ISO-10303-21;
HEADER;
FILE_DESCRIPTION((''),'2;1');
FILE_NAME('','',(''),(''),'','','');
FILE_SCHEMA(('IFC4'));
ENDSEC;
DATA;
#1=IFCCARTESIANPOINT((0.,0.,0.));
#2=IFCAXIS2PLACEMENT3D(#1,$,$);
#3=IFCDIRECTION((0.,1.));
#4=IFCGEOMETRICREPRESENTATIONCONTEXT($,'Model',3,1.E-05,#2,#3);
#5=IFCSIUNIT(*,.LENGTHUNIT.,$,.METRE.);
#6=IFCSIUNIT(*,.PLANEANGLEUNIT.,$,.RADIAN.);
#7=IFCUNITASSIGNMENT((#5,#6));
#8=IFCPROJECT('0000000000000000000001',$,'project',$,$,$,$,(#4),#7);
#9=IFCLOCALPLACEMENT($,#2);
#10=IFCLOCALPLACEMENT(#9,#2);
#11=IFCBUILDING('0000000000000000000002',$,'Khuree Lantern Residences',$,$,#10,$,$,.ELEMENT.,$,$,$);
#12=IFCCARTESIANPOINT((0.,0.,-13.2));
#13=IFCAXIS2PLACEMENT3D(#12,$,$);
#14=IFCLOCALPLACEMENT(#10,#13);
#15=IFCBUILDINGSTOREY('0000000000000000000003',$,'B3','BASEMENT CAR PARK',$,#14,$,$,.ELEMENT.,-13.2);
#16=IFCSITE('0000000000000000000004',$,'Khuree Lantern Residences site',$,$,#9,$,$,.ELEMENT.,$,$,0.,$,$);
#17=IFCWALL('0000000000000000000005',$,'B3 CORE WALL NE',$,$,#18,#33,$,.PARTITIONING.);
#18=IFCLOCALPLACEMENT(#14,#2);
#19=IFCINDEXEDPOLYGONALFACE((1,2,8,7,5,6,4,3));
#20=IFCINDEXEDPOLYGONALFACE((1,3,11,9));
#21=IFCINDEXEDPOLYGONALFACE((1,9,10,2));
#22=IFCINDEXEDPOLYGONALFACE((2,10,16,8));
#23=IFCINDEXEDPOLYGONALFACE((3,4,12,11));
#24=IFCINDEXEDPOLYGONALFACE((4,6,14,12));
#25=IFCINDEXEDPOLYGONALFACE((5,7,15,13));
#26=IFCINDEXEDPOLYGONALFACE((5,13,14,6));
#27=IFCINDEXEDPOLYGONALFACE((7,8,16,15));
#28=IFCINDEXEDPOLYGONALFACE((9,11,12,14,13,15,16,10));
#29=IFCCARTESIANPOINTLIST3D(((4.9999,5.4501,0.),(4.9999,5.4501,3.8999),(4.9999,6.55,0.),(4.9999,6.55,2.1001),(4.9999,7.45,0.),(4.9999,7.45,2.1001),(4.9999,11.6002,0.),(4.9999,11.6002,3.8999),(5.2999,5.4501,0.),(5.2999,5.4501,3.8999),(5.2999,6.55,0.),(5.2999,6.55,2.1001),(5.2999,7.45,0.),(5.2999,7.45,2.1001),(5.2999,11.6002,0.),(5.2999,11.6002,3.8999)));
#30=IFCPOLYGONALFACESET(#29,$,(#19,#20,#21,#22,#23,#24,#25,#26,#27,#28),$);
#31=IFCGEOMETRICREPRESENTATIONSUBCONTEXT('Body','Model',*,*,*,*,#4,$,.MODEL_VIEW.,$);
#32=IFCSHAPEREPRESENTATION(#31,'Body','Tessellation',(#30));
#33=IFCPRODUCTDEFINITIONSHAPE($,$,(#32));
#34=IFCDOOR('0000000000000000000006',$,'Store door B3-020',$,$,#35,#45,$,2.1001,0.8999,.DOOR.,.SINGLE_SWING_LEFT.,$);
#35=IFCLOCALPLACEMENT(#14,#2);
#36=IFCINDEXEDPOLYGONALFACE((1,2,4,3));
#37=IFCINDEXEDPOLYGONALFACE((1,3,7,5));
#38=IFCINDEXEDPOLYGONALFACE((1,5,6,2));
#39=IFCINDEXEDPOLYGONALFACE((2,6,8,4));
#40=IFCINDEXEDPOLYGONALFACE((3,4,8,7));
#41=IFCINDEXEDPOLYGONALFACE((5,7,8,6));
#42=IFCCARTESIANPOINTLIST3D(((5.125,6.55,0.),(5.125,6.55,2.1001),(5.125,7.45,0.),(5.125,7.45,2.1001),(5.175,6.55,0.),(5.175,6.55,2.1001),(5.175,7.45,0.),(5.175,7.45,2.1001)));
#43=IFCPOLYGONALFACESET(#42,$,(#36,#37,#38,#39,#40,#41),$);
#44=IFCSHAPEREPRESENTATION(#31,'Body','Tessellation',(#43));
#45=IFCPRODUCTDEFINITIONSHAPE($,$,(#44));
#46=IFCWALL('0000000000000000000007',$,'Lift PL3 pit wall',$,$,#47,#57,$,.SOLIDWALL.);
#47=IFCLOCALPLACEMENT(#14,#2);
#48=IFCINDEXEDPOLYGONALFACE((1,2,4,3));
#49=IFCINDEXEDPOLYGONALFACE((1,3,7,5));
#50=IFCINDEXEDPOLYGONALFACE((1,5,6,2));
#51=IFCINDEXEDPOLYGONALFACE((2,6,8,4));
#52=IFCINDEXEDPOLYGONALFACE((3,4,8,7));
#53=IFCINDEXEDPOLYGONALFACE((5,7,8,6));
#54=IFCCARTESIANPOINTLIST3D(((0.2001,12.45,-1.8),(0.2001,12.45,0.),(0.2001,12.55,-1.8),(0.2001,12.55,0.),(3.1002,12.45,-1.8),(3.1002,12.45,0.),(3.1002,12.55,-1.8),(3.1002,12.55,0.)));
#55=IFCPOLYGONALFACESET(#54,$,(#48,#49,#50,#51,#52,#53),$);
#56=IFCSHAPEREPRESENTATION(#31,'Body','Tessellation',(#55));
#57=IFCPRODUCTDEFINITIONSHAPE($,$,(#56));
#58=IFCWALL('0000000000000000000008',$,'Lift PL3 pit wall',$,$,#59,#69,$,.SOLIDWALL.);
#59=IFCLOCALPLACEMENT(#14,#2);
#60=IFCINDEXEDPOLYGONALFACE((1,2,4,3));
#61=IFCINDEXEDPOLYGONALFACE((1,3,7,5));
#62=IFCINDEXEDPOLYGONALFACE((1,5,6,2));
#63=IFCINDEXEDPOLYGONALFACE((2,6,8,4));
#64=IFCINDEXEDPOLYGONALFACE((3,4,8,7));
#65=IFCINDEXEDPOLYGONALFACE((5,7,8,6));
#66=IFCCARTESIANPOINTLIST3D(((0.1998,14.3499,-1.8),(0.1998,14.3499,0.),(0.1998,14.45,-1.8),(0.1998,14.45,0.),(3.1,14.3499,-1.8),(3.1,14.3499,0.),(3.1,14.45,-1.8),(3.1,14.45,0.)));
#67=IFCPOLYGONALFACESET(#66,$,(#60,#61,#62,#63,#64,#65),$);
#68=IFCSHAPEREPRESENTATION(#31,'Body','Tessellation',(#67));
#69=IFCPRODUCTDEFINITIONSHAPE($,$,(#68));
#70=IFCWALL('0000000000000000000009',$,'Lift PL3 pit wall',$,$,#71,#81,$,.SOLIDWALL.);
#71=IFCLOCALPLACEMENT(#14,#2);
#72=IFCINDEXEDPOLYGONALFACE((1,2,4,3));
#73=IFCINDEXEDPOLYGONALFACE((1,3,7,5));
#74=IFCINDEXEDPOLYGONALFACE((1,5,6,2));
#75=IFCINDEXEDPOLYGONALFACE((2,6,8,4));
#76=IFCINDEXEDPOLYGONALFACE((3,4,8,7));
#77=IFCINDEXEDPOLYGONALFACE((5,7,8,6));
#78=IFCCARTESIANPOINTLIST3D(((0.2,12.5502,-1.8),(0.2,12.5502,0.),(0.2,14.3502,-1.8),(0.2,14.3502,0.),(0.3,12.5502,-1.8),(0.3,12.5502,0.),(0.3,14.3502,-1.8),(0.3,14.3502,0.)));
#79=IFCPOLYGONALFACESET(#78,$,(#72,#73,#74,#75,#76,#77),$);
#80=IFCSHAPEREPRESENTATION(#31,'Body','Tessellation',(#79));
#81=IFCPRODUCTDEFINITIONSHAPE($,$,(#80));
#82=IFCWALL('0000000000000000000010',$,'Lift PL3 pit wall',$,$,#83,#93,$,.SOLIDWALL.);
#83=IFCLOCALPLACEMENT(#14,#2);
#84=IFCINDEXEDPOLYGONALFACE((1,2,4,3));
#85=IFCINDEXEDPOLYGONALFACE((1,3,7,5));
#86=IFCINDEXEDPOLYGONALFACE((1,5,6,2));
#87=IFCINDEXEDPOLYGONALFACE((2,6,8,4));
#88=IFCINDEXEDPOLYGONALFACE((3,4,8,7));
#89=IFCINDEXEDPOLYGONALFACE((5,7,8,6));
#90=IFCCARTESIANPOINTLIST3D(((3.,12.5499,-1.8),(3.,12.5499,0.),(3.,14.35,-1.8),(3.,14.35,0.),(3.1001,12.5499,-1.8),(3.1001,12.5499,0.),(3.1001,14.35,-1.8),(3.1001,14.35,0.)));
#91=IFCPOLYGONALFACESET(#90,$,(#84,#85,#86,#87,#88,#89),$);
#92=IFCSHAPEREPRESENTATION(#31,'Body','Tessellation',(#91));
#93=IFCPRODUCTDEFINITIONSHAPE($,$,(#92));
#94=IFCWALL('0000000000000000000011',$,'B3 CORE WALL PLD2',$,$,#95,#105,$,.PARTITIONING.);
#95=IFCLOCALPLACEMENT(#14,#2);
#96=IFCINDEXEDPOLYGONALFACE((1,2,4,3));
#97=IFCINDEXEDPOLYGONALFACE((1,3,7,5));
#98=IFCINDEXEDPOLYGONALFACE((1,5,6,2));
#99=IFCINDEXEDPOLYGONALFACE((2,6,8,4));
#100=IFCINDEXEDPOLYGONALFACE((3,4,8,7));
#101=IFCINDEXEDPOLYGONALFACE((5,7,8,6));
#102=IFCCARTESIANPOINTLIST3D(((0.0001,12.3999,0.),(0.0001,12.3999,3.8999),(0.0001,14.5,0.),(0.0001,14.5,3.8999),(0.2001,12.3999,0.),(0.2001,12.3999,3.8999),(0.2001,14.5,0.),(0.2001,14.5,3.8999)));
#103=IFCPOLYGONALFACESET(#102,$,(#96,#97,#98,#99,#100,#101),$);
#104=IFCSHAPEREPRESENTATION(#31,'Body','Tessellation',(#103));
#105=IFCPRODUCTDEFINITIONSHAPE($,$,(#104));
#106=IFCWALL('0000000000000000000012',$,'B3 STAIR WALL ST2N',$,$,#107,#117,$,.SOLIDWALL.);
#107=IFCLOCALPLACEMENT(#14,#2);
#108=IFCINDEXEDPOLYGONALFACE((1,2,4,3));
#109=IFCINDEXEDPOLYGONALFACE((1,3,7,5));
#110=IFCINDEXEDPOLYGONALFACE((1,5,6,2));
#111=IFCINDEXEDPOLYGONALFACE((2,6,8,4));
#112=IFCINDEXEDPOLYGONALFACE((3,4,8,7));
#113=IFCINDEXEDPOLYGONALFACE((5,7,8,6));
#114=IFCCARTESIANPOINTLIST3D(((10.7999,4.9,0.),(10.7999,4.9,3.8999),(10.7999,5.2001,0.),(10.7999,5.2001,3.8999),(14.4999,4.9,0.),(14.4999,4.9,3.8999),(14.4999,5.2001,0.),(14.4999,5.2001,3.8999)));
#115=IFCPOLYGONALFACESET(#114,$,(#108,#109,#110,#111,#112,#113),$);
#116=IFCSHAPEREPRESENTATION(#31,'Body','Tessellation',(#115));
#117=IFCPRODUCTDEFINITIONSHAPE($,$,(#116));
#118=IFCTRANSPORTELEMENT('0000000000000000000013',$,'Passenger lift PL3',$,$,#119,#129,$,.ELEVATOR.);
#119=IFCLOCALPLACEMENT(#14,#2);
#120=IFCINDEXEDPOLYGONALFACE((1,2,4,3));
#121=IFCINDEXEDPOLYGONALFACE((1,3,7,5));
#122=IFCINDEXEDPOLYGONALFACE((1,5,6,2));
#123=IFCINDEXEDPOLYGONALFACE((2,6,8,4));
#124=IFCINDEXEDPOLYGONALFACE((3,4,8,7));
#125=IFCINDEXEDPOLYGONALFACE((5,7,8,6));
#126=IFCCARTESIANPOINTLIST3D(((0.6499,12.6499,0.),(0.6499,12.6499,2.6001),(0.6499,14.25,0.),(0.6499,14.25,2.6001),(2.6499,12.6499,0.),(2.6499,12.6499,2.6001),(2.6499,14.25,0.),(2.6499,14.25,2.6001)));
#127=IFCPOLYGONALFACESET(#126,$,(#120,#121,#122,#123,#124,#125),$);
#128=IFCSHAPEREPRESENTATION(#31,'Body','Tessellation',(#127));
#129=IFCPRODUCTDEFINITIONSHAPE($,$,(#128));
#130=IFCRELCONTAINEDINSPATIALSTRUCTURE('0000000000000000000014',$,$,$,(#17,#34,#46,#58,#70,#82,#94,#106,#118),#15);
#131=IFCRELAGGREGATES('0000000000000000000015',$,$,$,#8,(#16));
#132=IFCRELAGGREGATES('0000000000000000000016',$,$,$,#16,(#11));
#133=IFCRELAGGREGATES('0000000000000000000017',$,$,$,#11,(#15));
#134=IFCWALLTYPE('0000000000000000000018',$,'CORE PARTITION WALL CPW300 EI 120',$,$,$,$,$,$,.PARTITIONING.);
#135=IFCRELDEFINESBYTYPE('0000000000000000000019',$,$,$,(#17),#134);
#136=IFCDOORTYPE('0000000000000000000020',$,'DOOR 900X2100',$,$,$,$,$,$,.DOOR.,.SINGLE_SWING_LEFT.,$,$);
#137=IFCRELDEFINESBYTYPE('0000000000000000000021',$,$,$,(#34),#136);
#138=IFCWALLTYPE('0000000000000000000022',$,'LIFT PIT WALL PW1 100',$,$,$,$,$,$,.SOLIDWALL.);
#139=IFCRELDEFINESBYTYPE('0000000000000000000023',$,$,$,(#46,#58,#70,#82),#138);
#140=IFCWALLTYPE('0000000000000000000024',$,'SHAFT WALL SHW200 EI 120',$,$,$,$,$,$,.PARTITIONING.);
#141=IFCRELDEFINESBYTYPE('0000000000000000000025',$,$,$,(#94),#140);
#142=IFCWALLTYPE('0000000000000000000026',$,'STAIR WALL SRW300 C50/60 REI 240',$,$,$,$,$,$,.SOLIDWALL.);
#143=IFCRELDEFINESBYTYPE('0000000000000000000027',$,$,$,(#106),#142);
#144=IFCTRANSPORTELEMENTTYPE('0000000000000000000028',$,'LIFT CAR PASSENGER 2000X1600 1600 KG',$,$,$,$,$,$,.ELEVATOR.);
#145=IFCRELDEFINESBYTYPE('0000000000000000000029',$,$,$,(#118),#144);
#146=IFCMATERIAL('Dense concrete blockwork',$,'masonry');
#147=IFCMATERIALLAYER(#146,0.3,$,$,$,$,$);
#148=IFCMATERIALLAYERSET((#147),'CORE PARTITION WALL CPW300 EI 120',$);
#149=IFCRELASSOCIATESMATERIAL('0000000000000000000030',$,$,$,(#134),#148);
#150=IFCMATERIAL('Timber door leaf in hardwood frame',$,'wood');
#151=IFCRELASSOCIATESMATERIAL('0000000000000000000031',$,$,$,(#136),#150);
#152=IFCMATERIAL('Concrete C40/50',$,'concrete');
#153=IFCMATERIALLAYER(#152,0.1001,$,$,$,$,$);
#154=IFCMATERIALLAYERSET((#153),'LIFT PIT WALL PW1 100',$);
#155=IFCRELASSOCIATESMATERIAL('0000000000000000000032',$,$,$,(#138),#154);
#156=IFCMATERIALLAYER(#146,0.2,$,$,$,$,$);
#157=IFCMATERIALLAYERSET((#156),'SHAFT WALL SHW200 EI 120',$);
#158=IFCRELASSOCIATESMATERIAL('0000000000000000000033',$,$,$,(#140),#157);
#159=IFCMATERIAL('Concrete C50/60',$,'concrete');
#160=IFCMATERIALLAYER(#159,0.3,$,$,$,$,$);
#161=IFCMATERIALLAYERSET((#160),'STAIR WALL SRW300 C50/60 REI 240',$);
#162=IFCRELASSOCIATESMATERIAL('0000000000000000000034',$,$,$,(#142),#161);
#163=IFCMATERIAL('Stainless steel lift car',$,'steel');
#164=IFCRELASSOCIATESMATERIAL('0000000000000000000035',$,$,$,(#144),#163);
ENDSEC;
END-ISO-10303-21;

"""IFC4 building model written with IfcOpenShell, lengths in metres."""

from ifc_helpers import new_model, si_unit, direction, frame, frame_2d, origin, origin_2d, place, context, subcontext, project, spatial, rectangle, extrude, material, layer, layer_set, type_object, element, fill, save


model = new_model("IFC4")

# Units and contexts
model_context = context("Model", 3, precision=1e-05, world=origin(), true_north=direction((0.0, 1.0)))
body_context = subcontext(model_context, "Body", "Model", "MODEL_VIEW")
ifc_project = project(units=[si_unit("LENGTHUNIT", "METRE"), si_unit("PLANEANGLEUNIT", "RADIAN")], contexts=[model_context])

# Site, building, storey
site_placement = place(None, origin())
site = spatial("IfcSite", under=ifc_project, at=site_placement, Name="Khuree Lantern Residences site", CompositionType="ELEMENT", RefElevation=0.0)
building_placement = place(site_placement, origin())
building = spatial("IfcBuilding", under=site, at=building_placement, Name="Khuree Lantern Residences", CompositionType="ELEMENT")
storey_placement = place(building_placement, frame((0.0, 0.0, -13.2)))
storey = spatial("IfcBuildingStorey", under=building, at=storey_placement, Name="B3", Description="BASEMENT CAR PARK", CompositionType="ELEMENT", Elevation=-13.2)

# Shared definitions
ifc_material_1 = material(Name="Concrete C40/50", Category="concrete")

# Shared definitions
ifc_material_2 = material(Name="Dense concrete blockwork", Category="masonry")
ifc_layer_1 = layer(ifc_material_2, 0.3)
ifc_layer_set_1 = layer_set([ifc_layer_1], Name="CORE PARTITION WALL CPW300 EI 120")
wall_type_1 = type_object("IfcWallType", Name="CORE PARTITION WALL CPW300 EI 120", PredefinedType="PARTITIONING", material=ifc_layer_set_1)

# Wall, opening, door
wall_1_placement = place(storey_placement, frame((5.1499, 5.45, 0.0), z_axis=(0.0, 0.0, 1.0), x_axis=(0.0, 1.0, 0.0)))
wall_1 = element("IfcWall", 1, at=wall_1_placement, inside=storey, type_object=wall_type_1, Name="B3 CORE WALL NE", PredefinedType="PARTITIONING", context=body_context, shape_type="SweptSolid", body=[
    extrude(rectangle(XDim=6.1501, YDim=0.3, at=frame_2d((3.0752, 0.0))), origin(), (0.0, 0.0, 1.0), 3.8999),
])
opening_placement = place(wall_1_placement, frame((1.1001, 0.0, 0.0)))
opening = element("IfcOpeningElement", 2, at=opening_placement, cuts=wall_1, PredefinedType="OPENING", context=body_context, shape_type="SweptSolid", body=[
    extrude(rectangle(XDim=0.8999, YDim=2.1001, at=frame_2d((0.45, 1.05))), frame((0.0, 0.1602, 0.0), z_axis=(0.0, -1.0, 0.0), x_axis=(1.0, 0.0, 0.0)), (0.0, 0.0, 1.0), 0.3201),
])
ifc_material_3 = material(Name="Timber door leaf in hardwood frame", Category="wood")
door_type = type_object("IfcDoorType", Name="DOOR 900X2100", OperationType="SINGLE_SWING_LEFT", PredefinedType="DOOR", material=ifc_material_3)
door_placement = place(opening_placement, origin())
door = element("IfcDoor", 3, at=door_placement, inside=storey, type_object=door_type, Name="Store door B3-020", OperationType="SINGLE_SWING_LEFT", OverallHeight=2.1001, OverallWidth=0.8999, PredefinedType="DOOR", context=body_context, shape_type="SweptSolid", body=[
    extrude(rectangle(XDim=0.8999, YDim=2.1001, at=frame_2d((0.45, 1.05))), frame((0.0, 0.0249, 0.0), z_axis=(0.0, -1.0, 0.0), x_axis=(1.0, 0.0, 0.0)), (0.0, 0.0, 1.0), 0.05),
])
fill(opening, door)

# Walls
ifc_layer_2 = layer(ifc_material_1, 0.1001)
ifc_layer_set_2 = layer_set([ifc_layer_2], Name="LIFT PIT WALL PW1 100")
wall_type_2 = type_object("IfcWallType", Name="LIFT PIT WALL PW1 100", PredefinedType="SOLIDWALL", material=ifc_layer_set_2)
for number, where, z_axis, x_axis, name in (
    (4, (0.2, 12.5, -1.8), (0.0, 0.0, 1.0), (1.0, 0.0, 0.0), "Lift PL3 pit wall"),
    (5, (3.1001, 14.3999, -1.8), (0.0, 0.0, 1.0), (-1.0, 0.0, 0.0), "Lift PL3 pit wall"),
):
    element("IfcWall", number, at=place(storey_placement, frame(where, z_axis=z_axis, x_axis=x_axis)), inside=storey, type_object=wall_type_2, Name=name, PredefinedType="SOLIDWALL", context=body_context, shape_type="SweptSolid", body=[
        extrude(rectangle(XDim=2.9001, YDim=0.1001, at=frame_2d((1.4502, 0.0))), origin(), (0.0, 0.0, 1.0), 1.8),
    ])
for number, where, z_axis, x_axis, name in (
    (6, (0.25, 14.3501, -1.8), (0.0, 0.0, 1.0), (0.0, -1.0, 0.0), "Lift PL3 pit wall"),
    (7, (3.05, 12.55, -1.8), (0.0, 0.0, 1.0), (0.0, 1.0, 0.0), "Lift PL3 pit wall"),
):
    element("IfcWall", number, at=place(storey_placement, frame(where, z_axis=z_axis, x_axis=x_axis)), inside=storey, type_object=wall_type_2, Name=name, PredefinedType="SOLIDWALL", context=body_context, shape_type="SweptSolid", body=[
        extrude(rectangle(XDim=1.8, YDim=0.1001, at=frame_2d((0.8999, 0.0))), origin(), (0.0, 0.0, 1.0), 1.8),
    ])
ifc_layer_3 = layer(ifc_material_2, 0.2)
ifc_layer_set_3 = layer_set([ifc_layer_3], Name="SHAFT WALL SHW200 EI 120")
wall_type_3 = type_object("IfcWallType", Name="SHAFT WALL SHW200 EI 120", PredefinedType="PARTITIONING", material=ifc_layer_set_3)
wall_2_placement = place(storey_placement, frame((0.1001, 12.3999, 0.0), z_axis=(0.0, 0.0, 1.0), x_axis=(0.0, 1.0, 0.0)))
element("IfcWall", 8, at=wall_2_placement, inside=storey, type_object=wall_type_3, Name="B3 CORE WALL PLD2", PredefinedType="PARTITIONING", context=body_context, shape_type="SweptSolid", body=[
    extrude(rectangle(XDim=2.1001, YDim=0.2, at=frame_2d((1.05, 0.0))), origin(), (0.0, 0.0, 1.0), 3.8999),
])
ifc_material_4 = material(Name="Concrete C50/60", Category="concrete")
ifc_layer_4 = layer(ifc_material_4, 0.3)
ifc_layer_set_4 = layer_set([ifc_layer_4], Name="STAIR WALL SRW300 C50/60 REI 240")
wall_type_4 = type_object("IfcWallType", Name="STAIR WALL SRW300 C50/60 REI 240", PredefinedType="SOLIDWALL", material=ifc_layer_set_4)
wall_3_placement = place(storey_placement, frame((14.5, 5.05, 0.0), z_axis=(0.0, 0.0, 1.0), x_axis=(-1.0, 0.0, 0.0)))
element("IfcWall", 9, at=wall_3_placement, inside=storey, type_object=wall_type_4, Name="B3 STAIR WALL ST2N", PredefinedType="SOLIDWALL", context=body_context, shape_type="SweptSolid", body=[
    extrude(rectangle(XDim=3.7, YDim=0.3, at=frame_2d((1.8501, 0.0))), origin(), (0.0, 0.0, 1.0), 3.8999),
])

# Transport element
ifc_material_5 = material(Name="Stainless steel lift car", Category="steel")
transport_element_type = type_object("IfcTransportElementType", Name="LIFT CAR PASSENGER 2000X1600 1600 KG", PredefinedType="ELEVATOR", material=ifc_material_5)
transport_element_placement = place(storey_placement, frame((1.6499, 13.45, 0.0), z_axis=(0.0, 0.0, 1.0), x_axis=(1.0, 0.0, 0.0)))
element("IfcTransportElement", 10, at=transport_element_placement, inside=storey, type_object=transport_element_type, Name="Passenger lift PL3", PredefinedType="ELEVATOR", context=body_context, shape_type="SweptSolid", body=[
    extrude(rectangle(XDim=2.0, YDim=1.6001, at=origin_2d()), origin(), (0.0, 0.0, 1.0), 2.6001),
])

save(model, "model.ifc")
